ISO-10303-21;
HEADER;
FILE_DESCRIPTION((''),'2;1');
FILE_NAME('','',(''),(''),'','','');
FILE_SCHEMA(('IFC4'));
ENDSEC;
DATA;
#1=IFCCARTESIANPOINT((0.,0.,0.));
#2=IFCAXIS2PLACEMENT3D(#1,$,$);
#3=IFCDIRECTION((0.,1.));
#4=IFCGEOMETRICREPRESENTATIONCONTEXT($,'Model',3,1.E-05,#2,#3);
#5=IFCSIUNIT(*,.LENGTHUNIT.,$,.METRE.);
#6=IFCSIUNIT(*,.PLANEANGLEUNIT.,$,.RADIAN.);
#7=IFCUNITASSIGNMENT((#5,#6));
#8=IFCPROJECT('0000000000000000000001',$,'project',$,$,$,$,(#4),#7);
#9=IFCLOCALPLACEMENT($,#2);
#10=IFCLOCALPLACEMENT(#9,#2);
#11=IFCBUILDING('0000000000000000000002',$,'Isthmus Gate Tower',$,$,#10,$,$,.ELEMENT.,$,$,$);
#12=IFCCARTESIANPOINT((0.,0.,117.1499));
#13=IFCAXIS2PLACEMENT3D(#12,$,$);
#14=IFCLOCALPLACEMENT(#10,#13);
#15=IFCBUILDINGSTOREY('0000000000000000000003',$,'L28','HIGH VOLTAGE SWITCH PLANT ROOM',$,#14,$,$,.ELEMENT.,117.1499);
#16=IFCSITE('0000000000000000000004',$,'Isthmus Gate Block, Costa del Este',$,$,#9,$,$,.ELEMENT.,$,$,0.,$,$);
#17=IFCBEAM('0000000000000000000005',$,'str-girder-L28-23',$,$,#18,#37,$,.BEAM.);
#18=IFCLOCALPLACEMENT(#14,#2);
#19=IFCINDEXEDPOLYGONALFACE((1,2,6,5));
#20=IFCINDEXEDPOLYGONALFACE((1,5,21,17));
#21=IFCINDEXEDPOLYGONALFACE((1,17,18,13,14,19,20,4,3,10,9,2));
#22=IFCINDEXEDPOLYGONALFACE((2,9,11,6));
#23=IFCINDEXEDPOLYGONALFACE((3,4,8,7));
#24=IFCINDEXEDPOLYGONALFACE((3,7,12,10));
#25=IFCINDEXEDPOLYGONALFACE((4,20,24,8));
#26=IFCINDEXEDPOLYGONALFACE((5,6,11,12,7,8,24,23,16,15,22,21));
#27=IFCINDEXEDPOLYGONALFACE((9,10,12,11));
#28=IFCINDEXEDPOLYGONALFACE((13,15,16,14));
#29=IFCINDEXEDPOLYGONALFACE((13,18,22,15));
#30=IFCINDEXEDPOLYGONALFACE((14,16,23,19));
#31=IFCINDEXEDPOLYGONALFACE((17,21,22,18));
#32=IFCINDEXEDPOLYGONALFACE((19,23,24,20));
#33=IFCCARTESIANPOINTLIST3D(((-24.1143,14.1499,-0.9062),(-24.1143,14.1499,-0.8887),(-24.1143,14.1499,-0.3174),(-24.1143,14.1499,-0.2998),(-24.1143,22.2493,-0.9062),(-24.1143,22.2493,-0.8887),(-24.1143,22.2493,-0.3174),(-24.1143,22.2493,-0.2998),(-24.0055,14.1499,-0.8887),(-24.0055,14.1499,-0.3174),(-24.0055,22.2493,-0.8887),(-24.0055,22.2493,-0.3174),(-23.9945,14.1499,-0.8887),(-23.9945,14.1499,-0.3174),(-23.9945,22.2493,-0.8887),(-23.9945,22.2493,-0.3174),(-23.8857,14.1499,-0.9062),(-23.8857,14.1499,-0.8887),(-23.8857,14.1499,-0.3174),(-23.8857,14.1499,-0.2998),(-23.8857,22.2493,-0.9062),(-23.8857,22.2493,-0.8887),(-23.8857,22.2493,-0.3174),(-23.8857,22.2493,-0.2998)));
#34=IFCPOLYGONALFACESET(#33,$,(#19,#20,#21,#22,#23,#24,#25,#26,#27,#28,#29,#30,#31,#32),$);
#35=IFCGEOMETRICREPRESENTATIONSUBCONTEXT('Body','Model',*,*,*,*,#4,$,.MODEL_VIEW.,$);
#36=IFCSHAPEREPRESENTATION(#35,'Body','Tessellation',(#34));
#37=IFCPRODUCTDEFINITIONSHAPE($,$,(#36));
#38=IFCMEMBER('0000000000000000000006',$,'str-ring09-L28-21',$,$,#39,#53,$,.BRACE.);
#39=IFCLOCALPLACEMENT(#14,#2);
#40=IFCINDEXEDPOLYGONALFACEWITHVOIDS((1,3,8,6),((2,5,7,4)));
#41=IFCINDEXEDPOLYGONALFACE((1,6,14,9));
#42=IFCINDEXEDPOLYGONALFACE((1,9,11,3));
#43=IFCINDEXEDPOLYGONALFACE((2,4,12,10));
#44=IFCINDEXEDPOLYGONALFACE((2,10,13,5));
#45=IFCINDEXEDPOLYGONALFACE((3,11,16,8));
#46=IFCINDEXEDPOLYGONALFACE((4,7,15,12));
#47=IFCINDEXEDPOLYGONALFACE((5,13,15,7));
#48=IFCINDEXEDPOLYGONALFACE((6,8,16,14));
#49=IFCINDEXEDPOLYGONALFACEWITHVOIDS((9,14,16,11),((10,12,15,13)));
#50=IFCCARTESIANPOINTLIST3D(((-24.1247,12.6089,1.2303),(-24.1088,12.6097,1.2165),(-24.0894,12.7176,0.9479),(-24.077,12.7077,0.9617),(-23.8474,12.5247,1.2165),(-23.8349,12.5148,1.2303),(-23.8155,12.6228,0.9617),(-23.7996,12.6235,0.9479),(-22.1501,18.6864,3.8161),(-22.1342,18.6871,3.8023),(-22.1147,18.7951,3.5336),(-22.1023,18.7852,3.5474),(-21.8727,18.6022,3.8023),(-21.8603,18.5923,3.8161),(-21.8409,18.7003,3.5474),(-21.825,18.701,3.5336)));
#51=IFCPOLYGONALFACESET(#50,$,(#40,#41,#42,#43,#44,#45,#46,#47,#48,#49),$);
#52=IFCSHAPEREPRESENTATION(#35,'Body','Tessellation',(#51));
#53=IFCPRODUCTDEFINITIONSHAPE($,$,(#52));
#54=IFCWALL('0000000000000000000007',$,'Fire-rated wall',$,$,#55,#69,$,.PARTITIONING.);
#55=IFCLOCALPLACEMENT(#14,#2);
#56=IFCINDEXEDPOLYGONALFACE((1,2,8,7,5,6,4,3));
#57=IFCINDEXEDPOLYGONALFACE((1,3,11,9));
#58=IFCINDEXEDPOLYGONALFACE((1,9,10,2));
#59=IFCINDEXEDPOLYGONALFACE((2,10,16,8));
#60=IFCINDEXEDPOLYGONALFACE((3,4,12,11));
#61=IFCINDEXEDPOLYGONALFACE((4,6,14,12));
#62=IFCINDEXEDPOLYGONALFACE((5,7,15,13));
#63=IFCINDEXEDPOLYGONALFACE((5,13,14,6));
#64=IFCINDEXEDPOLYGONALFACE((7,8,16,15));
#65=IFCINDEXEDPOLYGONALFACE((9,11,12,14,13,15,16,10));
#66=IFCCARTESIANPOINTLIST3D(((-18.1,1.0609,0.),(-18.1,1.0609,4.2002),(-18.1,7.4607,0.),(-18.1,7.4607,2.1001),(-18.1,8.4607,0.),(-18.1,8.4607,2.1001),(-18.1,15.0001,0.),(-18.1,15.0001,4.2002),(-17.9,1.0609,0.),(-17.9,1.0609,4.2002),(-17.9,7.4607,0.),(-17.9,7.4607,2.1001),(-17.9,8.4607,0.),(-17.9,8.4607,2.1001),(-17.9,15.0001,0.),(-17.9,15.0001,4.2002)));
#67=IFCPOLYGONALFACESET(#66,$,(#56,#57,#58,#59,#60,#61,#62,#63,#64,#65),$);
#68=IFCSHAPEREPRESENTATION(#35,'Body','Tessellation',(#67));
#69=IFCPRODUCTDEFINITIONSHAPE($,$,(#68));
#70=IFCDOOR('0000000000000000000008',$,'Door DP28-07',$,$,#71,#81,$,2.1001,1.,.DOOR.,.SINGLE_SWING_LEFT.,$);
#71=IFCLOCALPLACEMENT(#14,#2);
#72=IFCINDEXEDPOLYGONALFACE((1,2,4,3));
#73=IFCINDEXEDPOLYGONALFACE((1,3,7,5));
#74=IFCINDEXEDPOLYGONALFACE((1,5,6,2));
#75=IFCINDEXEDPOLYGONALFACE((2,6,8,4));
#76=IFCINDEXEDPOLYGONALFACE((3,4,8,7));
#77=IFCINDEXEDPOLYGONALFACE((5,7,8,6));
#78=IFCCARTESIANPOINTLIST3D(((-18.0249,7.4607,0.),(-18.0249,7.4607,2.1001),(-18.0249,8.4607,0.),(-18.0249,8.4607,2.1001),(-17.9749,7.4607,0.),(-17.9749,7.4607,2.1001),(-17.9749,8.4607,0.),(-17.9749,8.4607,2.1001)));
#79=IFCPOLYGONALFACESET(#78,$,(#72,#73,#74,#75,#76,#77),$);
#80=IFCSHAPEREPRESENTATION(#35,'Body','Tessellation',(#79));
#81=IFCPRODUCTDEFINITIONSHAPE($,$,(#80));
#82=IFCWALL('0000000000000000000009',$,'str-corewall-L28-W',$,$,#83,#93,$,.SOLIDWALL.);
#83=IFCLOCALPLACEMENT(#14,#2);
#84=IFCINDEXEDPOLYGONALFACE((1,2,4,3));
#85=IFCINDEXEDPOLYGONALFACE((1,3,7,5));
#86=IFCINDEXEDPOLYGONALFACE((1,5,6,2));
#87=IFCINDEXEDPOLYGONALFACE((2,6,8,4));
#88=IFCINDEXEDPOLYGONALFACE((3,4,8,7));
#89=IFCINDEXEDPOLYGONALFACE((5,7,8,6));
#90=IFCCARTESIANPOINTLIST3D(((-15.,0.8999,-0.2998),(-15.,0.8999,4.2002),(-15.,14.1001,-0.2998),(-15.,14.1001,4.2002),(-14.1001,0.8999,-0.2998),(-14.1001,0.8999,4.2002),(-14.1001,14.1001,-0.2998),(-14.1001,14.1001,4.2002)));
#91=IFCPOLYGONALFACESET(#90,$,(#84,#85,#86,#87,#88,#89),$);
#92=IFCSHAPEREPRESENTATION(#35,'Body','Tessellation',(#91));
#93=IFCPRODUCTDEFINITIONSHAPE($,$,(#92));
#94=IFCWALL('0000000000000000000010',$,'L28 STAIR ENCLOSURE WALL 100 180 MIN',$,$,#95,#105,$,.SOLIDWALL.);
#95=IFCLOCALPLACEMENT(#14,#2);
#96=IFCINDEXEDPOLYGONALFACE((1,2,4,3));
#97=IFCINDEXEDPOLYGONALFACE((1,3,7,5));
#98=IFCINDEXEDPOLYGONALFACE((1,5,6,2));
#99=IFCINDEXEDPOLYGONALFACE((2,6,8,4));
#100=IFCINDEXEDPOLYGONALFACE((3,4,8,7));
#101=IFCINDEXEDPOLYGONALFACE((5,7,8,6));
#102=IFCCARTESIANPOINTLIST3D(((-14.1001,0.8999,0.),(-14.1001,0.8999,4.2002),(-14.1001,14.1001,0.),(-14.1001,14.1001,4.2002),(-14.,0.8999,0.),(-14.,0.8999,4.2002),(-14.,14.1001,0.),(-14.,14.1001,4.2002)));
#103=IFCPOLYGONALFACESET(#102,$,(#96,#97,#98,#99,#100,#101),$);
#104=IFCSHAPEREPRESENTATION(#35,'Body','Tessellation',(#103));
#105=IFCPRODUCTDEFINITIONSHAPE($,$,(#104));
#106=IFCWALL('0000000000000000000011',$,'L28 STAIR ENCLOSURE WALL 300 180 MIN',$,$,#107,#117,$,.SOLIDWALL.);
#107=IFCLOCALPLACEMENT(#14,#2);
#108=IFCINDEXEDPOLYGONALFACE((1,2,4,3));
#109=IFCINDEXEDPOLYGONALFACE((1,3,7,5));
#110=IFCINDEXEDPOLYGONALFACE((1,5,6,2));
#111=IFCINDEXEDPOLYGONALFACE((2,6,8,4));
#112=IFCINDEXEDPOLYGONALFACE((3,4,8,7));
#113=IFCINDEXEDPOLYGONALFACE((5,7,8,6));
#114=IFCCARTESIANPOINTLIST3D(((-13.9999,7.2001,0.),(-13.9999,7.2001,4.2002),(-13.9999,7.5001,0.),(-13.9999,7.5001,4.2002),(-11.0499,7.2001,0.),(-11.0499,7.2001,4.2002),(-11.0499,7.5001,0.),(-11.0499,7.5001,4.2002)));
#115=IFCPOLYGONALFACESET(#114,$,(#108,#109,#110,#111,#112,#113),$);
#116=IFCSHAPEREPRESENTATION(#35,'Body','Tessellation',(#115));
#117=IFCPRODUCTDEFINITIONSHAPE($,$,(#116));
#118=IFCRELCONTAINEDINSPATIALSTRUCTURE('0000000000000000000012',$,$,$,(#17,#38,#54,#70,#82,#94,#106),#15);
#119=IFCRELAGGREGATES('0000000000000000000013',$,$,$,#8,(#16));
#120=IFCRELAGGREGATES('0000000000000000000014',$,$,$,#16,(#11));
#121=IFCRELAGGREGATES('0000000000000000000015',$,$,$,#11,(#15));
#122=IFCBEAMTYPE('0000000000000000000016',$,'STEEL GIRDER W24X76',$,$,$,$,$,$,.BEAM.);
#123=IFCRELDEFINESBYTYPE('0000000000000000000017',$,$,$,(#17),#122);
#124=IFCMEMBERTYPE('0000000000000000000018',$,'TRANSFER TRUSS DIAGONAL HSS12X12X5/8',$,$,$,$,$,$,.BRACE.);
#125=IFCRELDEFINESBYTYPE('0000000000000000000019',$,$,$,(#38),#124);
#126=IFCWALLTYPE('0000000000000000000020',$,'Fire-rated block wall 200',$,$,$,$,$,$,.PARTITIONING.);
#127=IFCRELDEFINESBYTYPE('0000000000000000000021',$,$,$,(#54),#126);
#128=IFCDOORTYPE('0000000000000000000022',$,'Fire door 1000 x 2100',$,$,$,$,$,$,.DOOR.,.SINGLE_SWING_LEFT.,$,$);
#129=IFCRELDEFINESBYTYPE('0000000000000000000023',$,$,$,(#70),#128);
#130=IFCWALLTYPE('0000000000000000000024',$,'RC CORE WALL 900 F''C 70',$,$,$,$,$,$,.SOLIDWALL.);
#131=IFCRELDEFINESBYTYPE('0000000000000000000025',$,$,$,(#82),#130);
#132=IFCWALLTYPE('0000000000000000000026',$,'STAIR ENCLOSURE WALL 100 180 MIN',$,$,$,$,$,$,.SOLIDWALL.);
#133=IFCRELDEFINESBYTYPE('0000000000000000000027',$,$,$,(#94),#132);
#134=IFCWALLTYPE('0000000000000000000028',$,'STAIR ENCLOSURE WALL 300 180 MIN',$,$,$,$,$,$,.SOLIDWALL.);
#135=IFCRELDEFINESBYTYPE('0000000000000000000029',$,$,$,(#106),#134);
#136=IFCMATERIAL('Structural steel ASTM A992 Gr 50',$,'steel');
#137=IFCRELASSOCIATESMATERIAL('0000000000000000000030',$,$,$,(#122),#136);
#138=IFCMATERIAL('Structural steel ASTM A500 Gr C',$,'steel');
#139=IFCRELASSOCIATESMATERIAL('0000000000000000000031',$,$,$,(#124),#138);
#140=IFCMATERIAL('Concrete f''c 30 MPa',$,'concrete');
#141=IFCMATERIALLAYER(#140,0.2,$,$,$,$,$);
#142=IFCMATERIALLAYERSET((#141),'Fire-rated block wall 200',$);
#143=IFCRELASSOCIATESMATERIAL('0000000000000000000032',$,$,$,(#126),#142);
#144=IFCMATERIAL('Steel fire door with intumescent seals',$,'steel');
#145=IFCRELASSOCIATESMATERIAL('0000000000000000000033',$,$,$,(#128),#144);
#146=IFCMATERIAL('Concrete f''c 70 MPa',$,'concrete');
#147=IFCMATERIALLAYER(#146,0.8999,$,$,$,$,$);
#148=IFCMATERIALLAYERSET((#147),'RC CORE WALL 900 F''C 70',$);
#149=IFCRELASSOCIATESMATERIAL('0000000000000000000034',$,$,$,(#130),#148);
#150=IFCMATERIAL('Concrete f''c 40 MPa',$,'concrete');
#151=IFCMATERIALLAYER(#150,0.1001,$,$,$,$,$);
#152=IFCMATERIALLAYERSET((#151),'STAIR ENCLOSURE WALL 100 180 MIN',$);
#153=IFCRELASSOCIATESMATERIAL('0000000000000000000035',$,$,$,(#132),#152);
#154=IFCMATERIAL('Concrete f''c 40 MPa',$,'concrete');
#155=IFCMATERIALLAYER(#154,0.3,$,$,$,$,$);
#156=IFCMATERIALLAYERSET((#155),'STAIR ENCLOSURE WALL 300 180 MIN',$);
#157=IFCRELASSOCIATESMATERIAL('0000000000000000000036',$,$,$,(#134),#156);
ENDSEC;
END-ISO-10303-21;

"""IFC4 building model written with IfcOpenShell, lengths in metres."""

from ifc_helpers import new_model, si_unit, direction, frame, frame_2d, origin, origin_2d, place, context, subcontext, project, spatial, rectangle, hollow_rectangle, i_section, extrude, material, layer, layer_set, material_profile, profile_set, type_object, element, fill, save


model = new_model("IFC4")

# Units and contexts
model_context = context("Model", 3, precision=1e-05, world=origin(), true_north=direction((0.0, 1.0)))
body_context = subcontext(model_context, "Body", "Model", "MODEL_VIEW")
ifc_project = project(units=[si_unit("LENGTHUNIT", "METRE"), si_unit("PLANEANGLEUNIT", "RADIAN")], contexts=[model_context])

# Site, building, storey
site_placement = place(None, origin())
site = spatial("IfcSite", under=ifc_project, at=site_placement, Name="Isthmus Gate Block, Costa del Este", CompositionType="ELEMENT", RefElevation=0.0)
building_placement = place(site_placement, origin())
building = spatial("IfcBuilding", under=site, at=building_placement, Name="Isthmus Gate Tower", CompositionType="ELEMENT")
storey_placement = place(building_placement, frame((0.0, 0.0, 117.1499)))
storey = spatial("IfcBuildingStorey", under=building, at=storey_placement, Name="L28", Description="HIGH VOLTAGE SWITCH PLANT ROOM", CompositionType="ELEMENT", Elevation=117.1499)

# Beam
ifc_material_1 = material(Name="Structural steel ASTM A992 Gr 50", Category="steel")
ifc_material_profile_1 = material_profile(ifc_material_1, i_section(OverallWidth=0.2285, OverallDepth=0.6064, WebThickness=0.011, FlangeThickness=0.0176, at=origin_2d()), Name="W24X76")
ifc_profile_set_1 = profile_set([ifc_material_profile_1], Name="Structural steel ASTM A992 Gr 50")
beam_type_1 = type_object("IfcBeamType", Name="STEEL GIRDER W24X76", PredefinedType="BEAM", material=ifc_profile_set_1)
beam_1_placement = place(storey_placement, frame((-24.0, 14.1499, -0.603), z_axis=(0.0, 1.0, 0.0), x_axis=(-1.0, 0.0, 0.0)))
element("IfcBeam", 1, at=beam_1_placement, inside=storey, type_object=beam_type_1, Name="str-girder-L28-23", PredefinedType="BEAM", context=body_context, shape_type="SweptSolid", body=[
    extrude(i_section(OverallWidth=0.2285, OverallDepth=0.6064, WebThickness=0.011, FlangeThickness=0.0176, at=origin_2d()), origin(), (0.0, 0.0, 1.0), 8.0994),
])

# Member
ifc_material_2 = material(Name="Structural steel ASTM A500 Gr C", Category="steel")
ifc_material_profile_2 = material_profile(ifc_material_2, hollow_rectangle(XDim=0.3047, YDim=0.3047, WallThickness=0.0149, at=origin_2d()), Name="HSS12X12X5/8")
ifc_profile_set_2 = profile_set([ifc_material_profile_2], Name="Structural steel ASTM A500 Gr C")
member_type = type_object("IfcMemberType", Name="TRANSFER TRUSS DIAGONAL HSS12X12X5/8", PredefinedType="BRACE", material=ifc_profile_set_2)
member_placement = place(storey_placement, frame((-23.9622, 12.6162, 1.0891), z_axis=(0.286447, 0.881619, 0.375094), x_axis=(-0.951059, 0.309009, 0.0)))
element("IfcMember", 2, at=member_placement, inside=storey, type_object=member_type, Name="str-ring09-L28-21", PredefinedType="BRACE", context=body_context, shape_type="SweptSolid", body=[
    extrude(hollow_rectangle(XDim=0.3047, YDim=0.3047, WallThickness=0.0149, at=origin_2d()), origin(), (0.0, 0.0, 1.0), 6.8936),
])

# Wall, opening, door
ifc_material_3 = material(Name="Concrete f'c 30 MPa", Category="concrete")
ifc_layer_1 = layer(ifc_material_3, 0.2)
ifc_layer_set_1 = layer_set([ifc_layer_1], Name="Fire-rated block wall 200")
wall_type_1 = type_object("IfcWallType", Name="Fire-rated block wall 200", PredefinedType="PARTITIONING", material=ifc_layer_set_1)
wall_1_placement = place(storey_placement, frame((-18.0, 1.0608, 0.0), z_axis=(0.0, 0.0, 1.0), x_axis=(0.0, 1.0, 0.0)))
wall_1 = element("IfcWall", 3, at=wall_1_placement, inside=storey, type_object=wall_type_1, Name="Fire-rated wall", PredefinedType="PARTITIONING", context=body_context, shape_type="SweptSolid", body=[
    extrude(rectangle(XDim=13.9392, YDim=0.2, at=frame_2d((6.9697, 0.0))), origin(), (0.0, 0.0, 1.0), 4.2002),
])
opening_placement = place(wall_1_placement, frame((6.3999, 0.0, 0.0)))
opening = element("IfcOpeningElement", 4, at=opening_placement, cuts=wall_1, PredefinedType="OPENING", context=body_context, shape_type="SweptSolid", body=[
    extrude(rectangle(XDim=1.0, YDim=2.1001, at=frame_2d((0.5, 1.05))), frame((0.0, 0.1099, 0.0), z_axis=(0.0, -1.0, 0.0), x_axis=(1.0, 0.0, 0.0)), (0.0, 0.0, 1.0), 0.22),
])
ifc_material_4 = material(Name="Steel fire door with intumescent seals", Category="steel")
door_type = type_object("IfcDoorType", Name="Fire door 1000 x 2100", OperationType="SINGLE_SWING_LEFT", PredefinedType="DOOR", material=ifc_material_4)
door_placement = place(opening_placement, origin())
door = element("IfcDoor", 5, at=door_placement, inside=storey, type_object=door_type, Name="Door DP28-07", OperationType="SINGLE_SWING_LEFT", OverallHeight=2.1001, OverallWidth=1.0, PredefinedType="DOOR", context=body_context, shape_type="SweptSolid", body=[
    extrude(rectangle(XDim=1.0, YDim=2.1001, at=frame_2d((0.5, 1.05))), frame((0.0, 0.0249, 0.0), z_axis=(0.0, -1.0, 0.0), x_axis=(1.0, 0.0, 0.0)), (0.0, 0.0, 1.0), 0.05),
])
fill(opening, door)

# Walls
ifc_material_5 = material(Name="Concrete f'c 70 MPa", Category="concrete")
ifc_layer_2 = layer(ifc_material_5, 0.8999)
ifc_layer_set_2 = layer_set([ifc_layer_2], Name="RC CORE WALL 900 F'C 70")
wall_type_2 = type_object("IfcWallType", Name="RC CORE WALL 900 F'C 70", PredefinedType="SOLIDWALL", material=ifc_layer_set_2)
wall_2_placement = place(storey_placement, frame((-14.55, 0.8999, -0.2998), z_axis=(0.0, 0.0, 1.0), x_axis=(0.0, 1.0, 0.0)))
element("IfcWall", 6, at=wall_2_placement, inside=storey, type_object=wall_type_2, Name="str-corewall-L28-W", PredefinedType="SOLIDWALL", context=body_context, shape_type="SweptSolid", body=[
    extrude(rectangle(XDim=13.2002, YDim=0.8999, at=frame_2d((6.6001, 0.0))), origin(), (0.0, 0.0, 1.0), 4.5),
])
ifc_material_6 = material(Name="Concrete f'c 40 MPa", Category="concrete")
ifc_layer_3 = layer(ifc_material_6, 0.1001)
ifc_layer_set_3 = layer_set([ifc_layer_3], Name="STAIR ENCLOSURE WALL 100 180 MIN")
wall_type_3 = type_object("IfcWallType", Name="STAIR ENCLOSURE WALL 100 180 MIN", PredefinedType="SOLIDWALL", material=ifc_layer_set_3)
wall_3_placement = place(storey_placement, frame((-14.05, 0.8999, 0.0), z_axis=(0.0, 0.0, 1.0), x_axis=(0.0, 1.0, 0.0)))
element("IfcWall", 7, at=wall_3_placement, inside=storey, type_object=wall_type_3, Name="L28 STAIR ENCLOSURE WALL 100 180 MIN", PredefinedType="SOLIDWALL", context=body_context, shape_type="SweptSolid", body=[
    extrude(rectangle(XDim=13.2002, YDim=0.1001, at=frame_2d((6.6001, 0.0))), origin(), (0.0, 0.0, 1.0), 4.2002),
])
ifc_material_7 = material(Name="Concrete f'c 40 MPa", Category="concrete")
ifc_layer_4 = layer(ifc_material_7, 0.3)
ifc_layer_set_4 = layer_set([ifc_layer_4], Name="STAIR ENCLOSURE WALL 300 180 MIN")
wall_type_4 = type_object("IfcWallType", Name="STAIR ENCLOSURE WALL 300 180 MIN", PredefinedType="SOLIDWALL", material=ifc_layer_set_4)
wall_4_placement = place(storey_placement, frame((-14.0, 7.3501, 0.0), z_axis=(0.0, 0.0, 1.0), x_axis=(1.0, 0.0, 0.0)))
element("IfcWall", 8, at=wall_4_placement, inside=storey, type_object=wall_type_4, Name="L28 STAIR ENCLOSURE WALL 300 180 MIN", PredefinedType="SOLIDWALL", context=body_context, shape_type="SweptSolid", body=[
    extrude(rectangle(XDim=2.95, YDim=0.3, at=frame_2d((1.4751, 0.0))), origin(), (0.0, 0.0, 1.0), 4.2002),
])

save(model, "model.ifc")
